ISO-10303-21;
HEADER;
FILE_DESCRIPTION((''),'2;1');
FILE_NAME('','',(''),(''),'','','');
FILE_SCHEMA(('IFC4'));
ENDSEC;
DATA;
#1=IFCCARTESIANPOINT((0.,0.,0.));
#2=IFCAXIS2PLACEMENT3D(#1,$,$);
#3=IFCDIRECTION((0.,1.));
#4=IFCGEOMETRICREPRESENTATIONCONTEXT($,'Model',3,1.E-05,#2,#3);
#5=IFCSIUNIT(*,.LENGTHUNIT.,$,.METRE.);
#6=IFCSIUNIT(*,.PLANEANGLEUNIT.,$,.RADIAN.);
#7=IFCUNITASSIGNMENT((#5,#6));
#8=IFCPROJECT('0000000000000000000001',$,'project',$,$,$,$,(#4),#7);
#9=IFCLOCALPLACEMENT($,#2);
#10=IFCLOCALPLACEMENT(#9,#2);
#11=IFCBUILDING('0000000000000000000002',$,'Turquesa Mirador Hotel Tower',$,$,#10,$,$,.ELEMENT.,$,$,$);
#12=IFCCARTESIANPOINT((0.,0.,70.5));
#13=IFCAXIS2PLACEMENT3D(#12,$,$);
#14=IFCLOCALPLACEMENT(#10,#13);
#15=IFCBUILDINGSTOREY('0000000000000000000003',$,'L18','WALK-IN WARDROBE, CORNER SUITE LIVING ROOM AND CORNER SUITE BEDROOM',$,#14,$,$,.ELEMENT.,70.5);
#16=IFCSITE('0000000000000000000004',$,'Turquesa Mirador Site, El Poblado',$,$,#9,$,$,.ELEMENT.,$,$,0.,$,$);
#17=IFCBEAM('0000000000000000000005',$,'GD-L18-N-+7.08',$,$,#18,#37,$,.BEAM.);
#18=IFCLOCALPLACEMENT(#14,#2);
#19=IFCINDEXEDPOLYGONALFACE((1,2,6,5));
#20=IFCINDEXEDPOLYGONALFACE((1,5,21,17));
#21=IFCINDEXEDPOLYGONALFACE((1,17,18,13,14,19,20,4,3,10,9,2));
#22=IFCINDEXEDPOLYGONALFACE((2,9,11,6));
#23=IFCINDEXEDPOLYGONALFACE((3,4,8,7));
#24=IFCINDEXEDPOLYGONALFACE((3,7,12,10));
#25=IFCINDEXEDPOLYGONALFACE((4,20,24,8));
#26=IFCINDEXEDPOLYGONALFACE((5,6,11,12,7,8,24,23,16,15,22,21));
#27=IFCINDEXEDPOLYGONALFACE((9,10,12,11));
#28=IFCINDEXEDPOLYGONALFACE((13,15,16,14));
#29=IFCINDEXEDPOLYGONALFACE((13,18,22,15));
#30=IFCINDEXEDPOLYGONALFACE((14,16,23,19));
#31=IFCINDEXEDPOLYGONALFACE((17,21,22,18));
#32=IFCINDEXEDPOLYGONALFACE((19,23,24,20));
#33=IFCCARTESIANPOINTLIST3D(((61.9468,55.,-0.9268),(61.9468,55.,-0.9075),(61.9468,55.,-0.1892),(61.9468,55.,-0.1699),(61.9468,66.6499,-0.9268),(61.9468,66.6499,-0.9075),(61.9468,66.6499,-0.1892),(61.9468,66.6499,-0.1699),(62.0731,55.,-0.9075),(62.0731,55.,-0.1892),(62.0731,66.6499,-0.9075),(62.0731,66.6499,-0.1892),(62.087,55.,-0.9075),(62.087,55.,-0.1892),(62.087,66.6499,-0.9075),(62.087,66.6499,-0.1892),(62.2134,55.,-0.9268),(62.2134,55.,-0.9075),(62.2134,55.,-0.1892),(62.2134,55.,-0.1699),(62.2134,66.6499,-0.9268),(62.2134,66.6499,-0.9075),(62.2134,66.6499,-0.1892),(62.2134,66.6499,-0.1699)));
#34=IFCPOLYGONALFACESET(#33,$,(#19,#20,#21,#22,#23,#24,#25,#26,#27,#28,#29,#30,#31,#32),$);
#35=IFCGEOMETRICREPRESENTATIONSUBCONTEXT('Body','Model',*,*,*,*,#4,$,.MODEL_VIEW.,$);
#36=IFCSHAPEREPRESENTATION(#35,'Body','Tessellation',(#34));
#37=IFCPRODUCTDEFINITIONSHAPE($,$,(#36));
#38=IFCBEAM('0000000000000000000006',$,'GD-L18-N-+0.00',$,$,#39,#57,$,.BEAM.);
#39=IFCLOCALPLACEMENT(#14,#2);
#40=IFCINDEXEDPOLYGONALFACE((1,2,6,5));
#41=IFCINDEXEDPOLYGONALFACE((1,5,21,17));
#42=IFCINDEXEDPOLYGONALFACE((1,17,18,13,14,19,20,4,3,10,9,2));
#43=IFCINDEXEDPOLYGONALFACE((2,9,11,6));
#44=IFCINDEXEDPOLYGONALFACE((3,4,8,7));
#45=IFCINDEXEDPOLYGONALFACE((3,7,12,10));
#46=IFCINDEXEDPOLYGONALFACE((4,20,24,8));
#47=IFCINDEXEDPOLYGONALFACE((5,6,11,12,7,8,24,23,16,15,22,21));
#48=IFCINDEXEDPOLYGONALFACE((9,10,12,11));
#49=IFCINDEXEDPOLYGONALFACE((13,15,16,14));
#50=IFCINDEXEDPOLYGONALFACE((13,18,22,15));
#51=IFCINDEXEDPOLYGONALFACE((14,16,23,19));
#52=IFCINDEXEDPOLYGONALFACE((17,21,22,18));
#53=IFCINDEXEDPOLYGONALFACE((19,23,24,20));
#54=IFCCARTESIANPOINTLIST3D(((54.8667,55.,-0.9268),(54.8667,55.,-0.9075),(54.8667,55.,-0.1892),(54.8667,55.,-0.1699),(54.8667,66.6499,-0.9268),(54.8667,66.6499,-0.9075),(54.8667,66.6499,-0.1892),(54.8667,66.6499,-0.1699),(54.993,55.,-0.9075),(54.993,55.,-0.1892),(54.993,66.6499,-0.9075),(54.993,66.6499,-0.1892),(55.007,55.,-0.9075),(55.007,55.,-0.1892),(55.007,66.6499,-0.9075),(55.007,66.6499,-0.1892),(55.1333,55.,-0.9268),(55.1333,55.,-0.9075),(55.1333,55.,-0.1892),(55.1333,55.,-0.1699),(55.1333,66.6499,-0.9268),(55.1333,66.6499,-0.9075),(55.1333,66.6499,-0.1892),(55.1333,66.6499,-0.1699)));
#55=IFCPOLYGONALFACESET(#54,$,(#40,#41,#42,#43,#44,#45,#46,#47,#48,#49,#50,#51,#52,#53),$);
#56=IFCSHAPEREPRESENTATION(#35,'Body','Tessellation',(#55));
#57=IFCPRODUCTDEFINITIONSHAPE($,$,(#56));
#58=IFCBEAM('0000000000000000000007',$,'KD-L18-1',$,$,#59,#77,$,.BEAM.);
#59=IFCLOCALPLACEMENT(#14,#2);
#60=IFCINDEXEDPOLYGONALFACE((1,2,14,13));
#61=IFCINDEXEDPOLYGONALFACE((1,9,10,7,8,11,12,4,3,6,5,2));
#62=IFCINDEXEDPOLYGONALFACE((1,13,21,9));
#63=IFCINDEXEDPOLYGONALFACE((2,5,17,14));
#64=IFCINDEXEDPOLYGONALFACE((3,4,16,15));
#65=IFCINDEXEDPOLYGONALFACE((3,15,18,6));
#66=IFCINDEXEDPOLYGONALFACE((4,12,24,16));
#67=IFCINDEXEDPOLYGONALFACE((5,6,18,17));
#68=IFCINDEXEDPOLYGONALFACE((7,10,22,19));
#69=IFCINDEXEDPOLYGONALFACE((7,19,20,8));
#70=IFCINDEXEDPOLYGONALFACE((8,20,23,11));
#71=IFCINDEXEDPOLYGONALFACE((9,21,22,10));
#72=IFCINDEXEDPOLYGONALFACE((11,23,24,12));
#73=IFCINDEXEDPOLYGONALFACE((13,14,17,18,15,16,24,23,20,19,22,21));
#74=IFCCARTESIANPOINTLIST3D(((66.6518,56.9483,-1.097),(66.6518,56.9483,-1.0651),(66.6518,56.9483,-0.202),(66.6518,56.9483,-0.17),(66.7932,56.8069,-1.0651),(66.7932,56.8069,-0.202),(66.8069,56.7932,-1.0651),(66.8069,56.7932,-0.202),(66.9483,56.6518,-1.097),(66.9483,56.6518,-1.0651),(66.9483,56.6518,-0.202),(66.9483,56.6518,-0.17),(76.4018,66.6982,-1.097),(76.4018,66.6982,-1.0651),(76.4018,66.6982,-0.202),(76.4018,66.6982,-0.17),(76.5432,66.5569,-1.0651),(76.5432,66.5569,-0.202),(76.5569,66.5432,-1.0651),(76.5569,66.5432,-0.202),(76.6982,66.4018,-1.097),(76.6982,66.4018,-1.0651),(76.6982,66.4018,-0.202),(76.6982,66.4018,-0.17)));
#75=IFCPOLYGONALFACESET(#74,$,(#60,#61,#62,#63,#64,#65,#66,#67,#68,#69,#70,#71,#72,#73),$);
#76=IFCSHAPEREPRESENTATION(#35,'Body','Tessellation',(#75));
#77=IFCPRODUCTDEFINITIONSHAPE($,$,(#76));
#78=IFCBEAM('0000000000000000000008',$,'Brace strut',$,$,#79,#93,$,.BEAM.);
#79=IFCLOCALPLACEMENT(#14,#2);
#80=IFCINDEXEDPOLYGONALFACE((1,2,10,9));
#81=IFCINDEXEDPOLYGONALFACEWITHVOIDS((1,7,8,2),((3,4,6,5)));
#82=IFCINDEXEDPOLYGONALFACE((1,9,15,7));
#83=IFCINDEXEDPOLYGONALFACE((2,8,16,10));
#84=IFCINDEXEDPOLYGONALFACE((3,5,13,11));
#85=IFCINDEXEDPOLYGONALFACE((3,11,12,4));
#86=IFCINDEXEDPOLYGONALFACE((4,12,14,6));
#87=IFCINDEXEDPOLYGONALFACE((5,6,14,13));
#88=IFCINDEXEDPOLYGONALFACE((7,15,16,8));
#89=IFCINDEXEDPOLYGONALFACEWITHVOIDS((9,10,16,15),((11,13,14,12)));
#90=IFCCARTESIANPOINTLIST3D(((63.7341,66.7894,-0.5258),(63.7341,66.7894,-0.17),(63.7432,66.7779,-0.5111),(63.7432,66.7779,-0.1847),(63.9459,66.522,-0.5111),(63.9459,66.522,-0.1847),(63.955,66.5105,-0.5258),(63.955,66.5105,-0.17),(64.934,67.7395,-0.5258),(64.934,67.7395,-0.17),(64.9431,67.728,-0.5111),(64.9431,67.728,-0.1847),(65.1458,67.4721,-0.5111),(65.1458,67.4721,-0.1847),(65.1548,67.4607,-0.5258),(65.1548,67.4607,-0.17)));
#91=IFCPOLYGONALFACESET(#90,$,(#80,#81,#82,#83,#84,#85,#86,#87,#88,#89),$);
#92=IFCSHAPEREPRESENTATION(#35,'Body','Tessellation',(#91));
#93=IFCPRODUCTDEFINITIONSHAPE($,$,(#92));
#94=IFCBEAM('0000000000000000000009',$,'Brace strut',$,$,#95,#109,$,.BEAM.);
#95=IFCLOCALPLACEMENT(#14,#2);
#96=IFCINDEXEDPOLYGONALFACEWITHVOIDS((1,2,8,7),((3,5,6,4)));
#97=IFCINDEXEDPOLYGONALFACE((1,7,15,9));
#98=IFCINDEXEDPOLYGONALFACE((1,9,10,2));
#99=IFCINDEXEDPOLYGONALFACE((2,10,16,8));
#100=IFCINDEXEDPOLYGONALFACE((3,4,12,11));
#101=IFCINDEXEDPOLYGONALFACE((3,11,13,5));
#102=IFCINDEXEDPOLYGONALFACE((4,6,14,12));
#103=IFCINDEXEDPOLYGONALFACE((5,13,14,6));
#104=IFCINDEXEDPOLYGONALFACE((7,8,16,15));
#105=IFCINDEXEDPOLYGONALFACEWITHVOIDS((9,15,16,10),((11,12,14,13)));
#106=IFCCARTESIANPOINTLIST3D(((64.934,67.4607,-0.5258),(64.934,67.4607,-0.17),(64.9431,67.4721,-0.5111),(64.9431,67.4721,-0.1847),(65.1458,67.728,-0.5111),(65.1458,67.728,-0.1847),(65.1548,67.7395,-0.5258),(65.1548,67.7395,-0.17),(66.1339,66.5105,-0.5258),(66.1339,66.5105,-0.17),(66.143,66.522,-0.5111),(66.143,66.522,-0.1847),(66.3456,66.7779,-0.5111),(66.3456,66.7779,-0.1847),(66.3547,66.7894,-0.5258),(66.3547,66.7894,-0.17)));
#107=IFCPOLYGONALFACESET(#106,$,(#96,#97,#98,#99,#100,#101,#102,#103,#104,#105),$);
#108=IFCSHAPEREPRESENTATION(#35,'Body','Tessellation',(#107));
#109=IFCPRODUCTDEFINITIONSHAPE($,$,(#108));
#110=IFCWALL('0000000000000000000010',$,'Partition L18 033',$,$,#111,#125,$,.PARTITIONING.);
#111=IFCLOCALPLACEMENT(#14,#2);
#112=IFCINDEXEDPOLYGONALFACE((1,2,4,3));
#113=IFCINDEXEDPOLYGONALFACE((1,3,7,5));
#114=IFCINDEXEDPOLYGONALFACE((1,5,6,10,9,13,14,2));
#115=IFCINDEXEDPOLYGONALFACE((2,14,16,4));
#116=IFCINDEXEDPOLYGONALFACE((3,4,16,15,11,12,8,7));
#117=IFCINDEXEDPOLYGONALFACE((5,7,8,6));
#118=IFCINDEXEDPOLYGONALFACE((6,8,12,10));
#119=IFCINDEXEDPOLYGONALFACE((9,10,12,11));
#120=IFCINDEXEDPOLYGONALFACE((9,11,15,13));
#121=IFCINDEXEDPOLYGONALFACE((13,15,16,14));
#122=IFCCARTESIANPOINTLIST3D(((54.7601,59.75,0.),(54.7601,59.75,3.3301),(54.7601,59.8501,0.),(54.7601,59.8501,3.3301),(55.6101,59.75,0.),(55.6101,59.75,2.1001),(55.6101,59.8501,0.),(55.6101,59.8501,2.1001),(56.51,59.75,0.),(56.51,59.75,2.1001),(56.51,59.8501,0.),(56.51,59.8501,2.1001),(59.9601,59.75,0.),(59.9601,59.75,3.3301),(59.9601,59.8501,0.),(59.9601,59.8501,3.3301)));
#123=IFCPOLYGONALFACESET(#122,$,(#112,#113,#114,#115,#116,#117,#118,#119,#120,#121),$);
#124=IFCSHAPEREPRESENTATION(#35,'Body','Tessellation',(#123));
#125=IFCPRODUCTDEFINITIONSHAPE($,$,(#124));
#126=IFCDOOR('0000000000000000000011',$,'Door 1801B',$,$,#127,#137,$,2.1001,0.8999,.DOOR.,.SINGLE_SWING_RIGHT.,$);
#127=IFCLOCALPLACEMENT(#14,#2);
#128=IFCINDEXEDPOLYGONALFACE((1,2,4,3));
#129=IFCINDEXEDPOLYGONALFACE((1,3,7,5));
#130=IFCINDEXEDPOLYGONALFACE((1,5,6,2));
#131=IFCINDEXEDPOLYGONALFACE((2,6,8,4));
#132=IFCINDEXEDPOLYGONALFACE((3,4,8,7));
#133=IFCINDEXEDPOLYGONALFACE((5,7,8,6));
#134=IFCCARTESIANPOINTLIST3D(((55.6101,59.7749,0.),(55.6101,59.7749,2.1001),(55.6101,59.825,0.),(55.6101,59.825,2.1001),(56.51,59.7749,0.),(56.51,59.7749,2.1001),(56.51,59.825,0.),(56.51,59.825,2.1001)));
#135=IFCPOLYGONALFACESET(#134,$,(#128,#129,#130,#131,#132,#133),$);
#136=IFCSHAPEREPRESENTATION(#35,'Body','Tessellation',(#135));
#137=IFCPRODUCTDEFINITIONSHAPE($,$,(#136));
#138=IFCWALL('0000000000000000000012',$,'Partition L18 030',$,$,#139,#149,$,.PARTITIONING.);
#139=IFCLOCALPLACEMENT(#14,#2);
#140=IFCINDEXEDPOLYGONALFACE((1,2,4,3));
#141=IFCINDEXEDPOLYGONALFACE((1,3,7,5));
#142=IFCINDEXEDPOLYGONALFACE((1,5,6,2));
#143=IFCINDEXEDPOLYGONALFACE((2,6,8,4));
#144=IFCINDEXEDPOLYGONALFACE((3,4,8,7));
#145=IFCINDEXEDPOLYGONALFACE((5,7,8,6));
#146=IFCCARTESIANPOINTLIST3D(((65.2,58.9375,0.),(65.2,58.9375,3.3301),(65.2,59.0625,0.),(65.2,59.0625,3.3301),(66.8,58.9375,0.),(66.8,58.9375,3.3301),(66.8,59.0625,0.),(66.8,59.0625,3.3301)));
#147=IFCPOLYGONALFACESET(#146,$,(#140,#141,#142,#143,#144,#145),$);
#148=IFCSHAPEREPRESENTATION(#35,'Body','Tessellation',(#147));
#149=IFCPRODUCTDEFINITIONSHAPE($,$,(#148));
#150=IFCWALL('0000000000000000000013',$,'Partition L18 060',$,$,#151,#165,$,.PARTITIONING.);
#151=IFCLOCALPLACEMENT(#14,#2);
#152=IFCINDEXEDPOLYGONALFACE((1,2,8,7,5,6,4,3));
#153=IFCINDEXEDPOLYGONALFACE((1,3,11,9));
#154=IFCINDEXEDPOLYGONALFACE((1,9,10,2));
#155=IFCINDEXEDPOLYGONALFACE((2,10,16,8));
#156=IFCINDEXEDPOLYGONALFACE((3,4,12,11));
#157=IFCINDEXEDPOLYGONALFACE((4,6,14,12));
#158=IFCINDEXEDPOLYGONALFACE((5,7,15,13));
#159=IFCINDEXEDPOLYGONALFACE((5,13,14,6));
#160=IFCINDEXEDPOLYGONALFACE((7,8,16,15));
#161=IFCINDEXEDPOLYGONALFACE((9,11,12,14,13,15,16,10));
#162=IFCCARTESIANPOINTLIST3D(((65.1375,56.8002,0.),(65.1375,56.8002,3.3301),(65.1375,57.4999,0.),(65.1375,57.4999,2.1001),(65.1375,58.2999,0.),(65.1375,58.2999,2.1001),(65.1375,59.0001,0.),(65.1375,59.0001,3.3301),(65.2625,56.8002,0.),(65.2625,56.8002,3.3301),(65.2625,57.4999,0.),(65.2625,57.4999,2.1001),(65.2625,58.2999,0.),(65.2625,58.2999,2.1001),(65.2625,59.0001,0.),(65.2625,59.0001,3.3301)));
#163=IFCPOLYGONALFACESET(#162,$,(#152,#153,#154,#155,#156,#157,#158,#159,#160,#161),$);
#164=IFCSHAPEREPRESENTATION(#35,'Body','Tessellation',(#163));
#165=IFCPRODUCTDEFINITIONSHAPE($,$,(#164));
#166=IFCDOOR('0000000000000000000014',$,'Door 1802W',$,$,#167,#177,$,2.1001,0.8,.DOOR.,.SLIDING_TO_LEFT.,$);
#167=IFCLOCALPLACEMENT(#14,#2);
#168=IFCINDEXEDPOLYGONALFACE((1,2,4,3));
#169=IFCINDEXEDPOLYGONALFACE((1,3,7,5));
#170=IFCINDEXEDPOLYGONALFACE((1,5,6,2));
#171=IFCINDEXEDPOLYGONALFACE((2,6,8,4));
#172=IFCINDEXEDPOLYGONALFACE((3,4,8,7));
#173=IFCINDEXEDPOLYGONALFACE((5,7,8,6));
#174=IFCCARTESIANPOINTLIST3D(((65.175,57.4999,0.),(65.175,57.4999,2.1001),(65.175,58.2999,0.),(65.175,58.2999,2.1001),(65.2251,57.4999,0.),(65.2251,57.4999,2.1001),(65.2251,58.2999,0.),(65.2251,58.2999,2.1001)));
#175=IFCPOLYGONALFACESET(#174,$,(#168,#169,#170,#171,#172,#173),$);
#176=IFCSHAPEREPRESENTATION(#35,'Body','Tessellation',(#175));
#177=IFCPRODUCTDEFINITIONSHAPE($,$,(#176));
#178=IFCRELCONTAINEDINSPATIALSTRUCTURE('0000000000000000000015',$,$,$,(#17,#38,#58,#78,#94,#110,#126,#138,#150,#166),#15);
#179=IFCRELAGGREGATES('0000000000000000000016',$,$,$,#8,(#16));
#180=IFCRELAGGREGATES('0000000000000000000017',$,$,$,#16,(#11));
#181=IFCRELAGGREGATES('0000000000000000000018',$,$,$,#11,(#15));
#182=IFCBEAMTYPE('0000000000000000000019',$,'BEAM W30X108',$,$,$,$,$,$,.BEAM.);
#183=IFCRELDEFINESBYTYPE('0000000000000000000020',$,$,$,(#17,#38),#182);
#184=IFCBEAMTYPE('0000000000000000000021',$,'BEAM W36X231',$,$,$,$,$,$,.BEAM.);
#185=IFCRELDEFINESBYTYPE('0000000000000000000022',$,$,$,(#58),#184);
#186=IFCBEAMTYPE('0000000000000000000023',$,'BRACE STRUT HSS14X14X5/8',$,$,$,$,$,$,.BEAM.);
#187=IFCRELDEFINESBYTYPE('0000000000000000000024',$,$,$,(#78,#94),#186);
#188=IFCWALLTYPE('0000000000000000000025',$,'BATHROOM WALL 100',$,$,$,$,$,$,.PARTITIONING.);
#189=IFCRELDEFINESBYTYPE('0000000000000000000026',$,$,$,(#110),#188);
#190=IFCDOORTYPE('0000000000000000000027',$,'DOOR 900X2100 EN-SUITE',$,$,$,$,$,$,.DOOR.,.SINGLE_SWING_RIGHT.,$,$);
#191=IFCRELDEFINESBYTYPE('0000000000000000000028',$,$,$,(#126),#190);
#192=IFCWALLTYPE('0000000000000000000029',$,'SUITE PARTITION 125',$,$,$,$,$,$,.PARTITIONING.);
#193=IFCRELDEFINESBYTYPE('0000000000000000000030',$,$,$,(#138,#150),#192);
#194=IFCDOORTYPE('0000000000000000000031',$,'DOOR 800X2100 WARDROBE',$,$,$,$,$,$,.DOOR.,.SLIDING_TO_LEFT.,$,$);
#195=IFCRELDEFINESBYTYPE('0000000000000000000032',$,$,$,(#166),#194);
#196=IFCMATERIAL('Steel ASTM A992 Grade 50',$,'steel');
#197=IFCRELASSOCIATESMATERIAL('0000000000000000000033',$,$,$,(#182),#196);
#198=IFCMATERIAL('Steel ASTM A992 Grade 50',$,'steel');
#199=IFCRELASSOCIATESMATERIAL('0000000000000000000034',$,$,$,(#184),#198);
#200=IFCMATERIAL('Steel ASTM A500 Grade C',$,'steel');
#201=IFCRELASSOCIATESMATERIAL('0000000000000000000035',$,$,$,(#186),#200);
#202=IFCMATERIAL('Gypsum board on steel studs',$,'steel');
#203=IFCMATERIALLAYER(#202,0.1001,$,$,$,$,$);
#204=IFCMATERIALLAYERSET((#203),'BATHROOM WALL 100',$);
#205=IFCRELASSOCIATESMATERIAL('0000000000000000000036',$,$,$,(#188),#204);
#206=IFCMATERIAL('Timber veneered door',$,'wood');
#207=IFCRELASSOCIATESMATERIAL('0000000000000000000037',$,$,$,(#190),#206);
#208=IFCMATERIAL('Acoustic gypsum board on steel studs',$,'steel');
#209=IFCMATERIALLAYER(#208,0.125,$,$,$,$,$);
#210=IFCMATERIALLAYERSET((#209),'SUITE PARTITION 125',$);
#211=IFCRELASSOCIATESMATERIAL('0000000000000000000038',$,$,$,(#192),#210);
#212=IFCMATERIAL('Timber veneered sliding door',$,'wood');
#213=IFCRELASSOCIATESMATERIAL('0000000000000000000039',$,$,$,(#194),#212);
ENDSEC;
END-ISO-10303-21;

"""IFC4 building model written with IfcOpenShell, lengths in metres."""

from ifc_helpers import new_model, si_unit, direction, frame, frame_2d, origin, origin_2d, place, context, subcontext, project, spatial, rectangle, hollow_rectangle, i_section, extrude, material, layer, layer_set, material_profile, profile_set, type_object, element, fill, save


model = new_model("IFC4")

# Units and contexts
model_context = context("Model", 3, precision=1e-05, world=origin(), true_north=direction((0.0, 1.0)))
body_context = subcontext(model_context, "Body", "Model", "MODEL_VIEW")
ifc_project = project(units=[si_unit("LENGTHUNIT", "METRE"), si_unit("PLANEANGLEUNIT", "RADIAN")], contexts=[model_context])

# Site, building, storey
site_placement = place(None, origin())
site = spatial("IfcSite", under=ifc_project, at=site_placement, Name="Turquesa Mirador Site, El Poblado", CompositionType="ELEMENT", RefElevation=0.0)
building_placement = place(site_placement, origin())
building = spatial("IfcBuilding", under=site, at=building_placement, Name="Turquesa Mirador Hotel Tower", CompositionType="ELEMENT")
storey_placement = place(building_placement, frame((0.0, 0.0, 70.5)))
storey = spatial("IfcBuildingStorey", under=building, at=storey_placement, Name="L18", Description="WALK-IN WARDROBE, CORNER SUITE LIVING ROOM AND CORNER SUITE BEDROOM", CompositionType="ELEMENT", Elevation=70.5)

# Beams
ifc_material_1 = material(Name="Steel ASTM A992 Grade 50", Category="steel")
ifc_material_profile_1 = material_profile(ifc_material_1, i_section(OverallWidth=0.2666, OverallDepth=0.7568, WebThickness=0.0139, FlangeThickness=0.0193, at=origin_2d()), Name="W30X108")
ifc_profile_set_1 = profile_set([ifc_material_profile_1], Name="Steel ASTM A992 Grade 50")
beam_type_1 = type_object("IfcBeamType", Name="BEAM W30X108", PredefinedType="BEAM", material=ifc_profile_set_1)
for number, where, z_axis, x_axis, name in (
    (1, (62.0801, 66.6499, -0.5483), (0.0, -1.0, 0.0), (1.0, 0.0, 0.0), "GD-L18-N-+7.08"),
    (2, (55.0, 66.6499, -0.5483), (0.0, -1.0, 0.0), (1.0, 0.0, 0.0), "GD-L18-N-+0.00"),
):
    element("IfcBeam", number, at=place(storey_placement, frame(where, z_axis=z_axis, x_axis=x_axis)), inside=storey, type_object=beam_type_1, Name=name, PredefinedType="BEAM", context=body_context, shape_type="SweptSolid", body=[
        extrude(i_section(OverallWidth=0.2666, OverallDepth=0.7568, WebThickness=0.0139, FlangeThickness=0.0193, at=origin_2d()), origin(), (0.0, 0.0, 1.0), 11.6499),
    ])
ifc_material_2 = material(Name="Steel ASTM A992 Grade 50", Category="steel")
ifc_material_profile_2 = material_profile(ifc_material_2, i_section(OverallWidth=0.4192, OverallDepth=0.927, WebThickness=0.0193, FlangeThickness=0.032, at=origin_2d()), Name="W36X231")
ifc_profile_set_2 = profile_set([ifc_material_profile_2], Name="Steel ASTM A992 Grade 50")
beam_type_2 = type_object("IfcBeamType", Name="BEAM W36X231", PredefinedType="BEAM", material=ifc_profile_set_2)
beam_1_placement = place(storey_placement, frame((66.8, 56.8, -0.6335), z_axis=(0.707107, 0.707107, 0.0), x_axis=(-0.707107, 0.707107, 0.0)))
element("IfcBeam", 3, at=beam_1_placement, inside=storey, type_object=beam_type_2, Name="KD-L18-1", PredefinedType="BEAM", context=body_context, shape_type="SweptSolid", body=[
    extrude(i_section(OverallWidth=0.4192, OverallDepth=0.927, WebThickness=0.0193, FlangeThickness=0.032, at=origin_2d()), origin(), (0.0, 0.0, 1.0), 13.7886),
])
ifc_material_3 = material(Name="Steel ASTM A500 Grade C", Category="steel")
ifc_material_profile_3 = material_profile(ifc_material_3, hollow_rectangle(XDim=0.3557, YDim=0.3557, WallThickness=0.0146, at=origin_2d()), Name="HSS14X14X5/8")
ifc_profile_set_3 = profile_set([ifc_material_profile_3], Name="Steel ASTM A500 Grade C")
beam_type_3 = type_object("IfcBeamType", Name="BRACE STRUT HSS14X14X5/8", PredefinedType="BEAM", material=ifc_profile_set_3)
for number, where, z_axis, x_axis, name in (
    (4, (65.0444, 67.6001, -0.3479), (-0.783971, -0.620797, 0.0), (0.620797, -0.783971, 0.0), "Brace strut"),
    (5, (65.0444, 67.6001, -0.3479), (0.783971, -0.620797, 0.0), (0.620797, 0.783971, 0.0), "Brace strut"),
):
    element("IfcBeam", number, at=place(storey_placement, frame(where, z_axis=z_axis, x_axis=x_axis)), inside=storey, type_object=beam_type_3, Name=name, PredefinedType="BEAM", context=body_context, shape_type="SweptSolid", body=[
        extrude(hollow_rectangle(XDim=0.3557, YDim=0.3557, WallThickness=0.0146, at=origin_2d()), origin(), (0.0, 0.0, 1.0), 1.5305),
    ])

# Wall, opening, door
ifc_material_4 = material(Name="Gypsum board on steel studs", Category="steel")
ifc_layer_1 = layer(ifc_material_4, 0.1001)
ifc_layer_set_1 = layer_set([ifc_layer_1], Name="BATHROOM WALL 100")
wall_type_1 = type_object("IfcWallType", Name="BATHROOM WALL 100", PredefinedType="PARTITIONING", material=ifc_layer_set_1)
wall_1_placement = place(storey_placement, frame((54.76, 59.8, 0.0), z_axis=(0.0, 0.0, 1.0), x_axis=(1.0, 0.0, 0.0)))
wall_1 = element("IfcWall", 6, at=wall_1_placement, inside=storey, type_object=wall_type_1, Name="Partition L18 033", PredefinedType="PARTITIONING", context=body_context, shape_type="SweptSolid", body=[
    extrude(rectangle(XDim=5.2, YDim=0.1001, at=frame_2d((2.6001, 0.0))), origin(), (0.0, 0.0, 1.0), 3.3301),
])
opening_1_placement = place(wall_1_placement, frame((0.8501, 0.0, 0.0)))
opening_1 = element("IfcOpeningElement", 7, at=opening_1_placement, cuts=wall_1, PredefinedType="OPENING", context=body_context, shape_type="SweptSolid", body=[
    extrude(rectangle(XDim=0.8999, YDim=2.1001, at=frame_2d((0.45, 1.05))), frame((0.0, 0.0601, 0.0), z_axis=(0.0, -1.0, 0.0), x_axis=(1.0, 0.0, 0.0)), (0.0, 0.0, 1.0), 0.1201),
])
ifc_material_5 = material(Name="Timber veneered door", Category="wood")
door_type_1 = type_object("IfcDoorType", Name="DOOR 900X2100 EN-SUITE", OperationType="SINGLE_SWING_RIGHT", PredefinedType="DOOR", material=ifc_material_5)
door_1_placement = place(opening_1_placement, origin())
door_1 = element("IfcDoor", 8, at=door_1_placement, inside=storey, type_object=door_type_1, Name="Door 1801B", OperationType="SINGLE_SWING_RIGHT", OverallHeight=2.1001, OverallWidth=0.8999, PredefinedType="DOOR", context=body_context, shape_type="SweptSolid", body=[
    extrude(rectangle(XDim=0.8999, YDim=2.1001, at=frame_2d((0.45, 1.05))), frame((0.0, 0.0249, 0.0), z_axis=(0.0, -1.0, 0.0), x_axis=(1.0, 0.0, 0.0)), (0.0, 0.0, 1.0), 0.05),
])
fill(opening_1, door_1)

# Wall
ifc_material_6 = material(Name="Acoustic gypsum board on steel studs", Category="steel")
ifc_layer_2 = layer(ifc_material_6, 0.125)
ifc_layer_set_2 = layer_set([ifc_layer_2], Name="SUITE PARTITION 125")
wall_type_2 = type_object("IfcWallType", Name="SUITE PARTITION 125", PredefinedType="PARTITIONING", material=ifc_layer_set_2)
wall_2_placement = place(storey_placement, frame((65.2, 59.0, 0.0), z_axis=(0.0, 0.0, 1.0), x_axis=(1.0, 0.0, 0.0)))
element("IfcWall", 9, at=wall_2_placement, inside=storey, type_object=wall_type_2, Name="Partition L18 030", PredefinedType="PARTITIONING", context=body_context, shape_type="SweptSolid", body=[
    extrude(rectangle(XDim=1.6001, YDim=0.125, at=frame_2d((0.8, 0.0))), origin(), (0.0, 0.0, 1.0), 3.3301),
])

# Wall, opening, door
wall_3_placement = place(storey_placement, frame((65.2, 56.8, 0.0), z_axis=(0.0, 0.0, 1.0), x_axis=(0.0, 1.0, 0.0)))
wall_3 = element("IfcWall", 10, at=wall_3_placement, inside=storey, type_object=wall_type_2, Name="Partition L18 060", PredefinedType="PARTITIONING", context=body_context, shape_type="SweptSolid", body=[
    extrude(rectangle(XDim=2.2, YDim=0.125, at=frame_2d((1.1001, 0.0))), origin(), (0.0, 0.0, 1.0), 3.3301),
])
opening_2_placement = place(wall_3_placement, frame((0.7, 0.0, 0.0)))
opening_2 = element("IfcOpeningElement", 11, at=opening_2_placement, cuts=wall_3, PredefinedType="OPENING", context=body_context, shape_type="SweptSolid", body=[
    extrude(rectangle(XDim=0.8, YDim=2.1001, at=frame_2d((0.3999, 1.05))), frame((0.0, 0.0725, 0.0), z_axis=(0.0, -1.0, 0.0), x_axis=(1.0, 0.0, 0.0)), (0.0, 0.0, 1.0), 0.145),
])
ifc_material_7 = material(Name="Timber veneered sliding door", Category="wood")
door_type_2 = type_object("IfcDoorType", Name="DOOR 800X2100 WARDROBE", OperationType="SLIDING_TO_LEFT", PredefinedType="DOOR", material=ifc_material_7)
door_2_placement = place(opening_2_placement, origin())
door_2 = element("IfcDoor", 12, at=door_2_placement, inside=storey, type_object=door_type_2, Name="Door 1802W", OperationType="SLIDING_TO_LEFT", OverallHeight=2.1001, OverallWidth=0.8, PredefinedType="DOOR", context=body_context, shape_type="SweptSolid", body=[
    extrude(rectangle(XDim=0.8, YDim=2.1001, at=frame_2d((0.3999, 1.05))), frame((0.0, 0.0249, 0.0), z_axis=(0.0, -1.0, 0.0), x_axis=(1.0, 0.0, 0.0)), (0.0, 0.0, 1.0), 0.05),
])
fill(opening_2, door_2)

save(model, "model.ifc")
